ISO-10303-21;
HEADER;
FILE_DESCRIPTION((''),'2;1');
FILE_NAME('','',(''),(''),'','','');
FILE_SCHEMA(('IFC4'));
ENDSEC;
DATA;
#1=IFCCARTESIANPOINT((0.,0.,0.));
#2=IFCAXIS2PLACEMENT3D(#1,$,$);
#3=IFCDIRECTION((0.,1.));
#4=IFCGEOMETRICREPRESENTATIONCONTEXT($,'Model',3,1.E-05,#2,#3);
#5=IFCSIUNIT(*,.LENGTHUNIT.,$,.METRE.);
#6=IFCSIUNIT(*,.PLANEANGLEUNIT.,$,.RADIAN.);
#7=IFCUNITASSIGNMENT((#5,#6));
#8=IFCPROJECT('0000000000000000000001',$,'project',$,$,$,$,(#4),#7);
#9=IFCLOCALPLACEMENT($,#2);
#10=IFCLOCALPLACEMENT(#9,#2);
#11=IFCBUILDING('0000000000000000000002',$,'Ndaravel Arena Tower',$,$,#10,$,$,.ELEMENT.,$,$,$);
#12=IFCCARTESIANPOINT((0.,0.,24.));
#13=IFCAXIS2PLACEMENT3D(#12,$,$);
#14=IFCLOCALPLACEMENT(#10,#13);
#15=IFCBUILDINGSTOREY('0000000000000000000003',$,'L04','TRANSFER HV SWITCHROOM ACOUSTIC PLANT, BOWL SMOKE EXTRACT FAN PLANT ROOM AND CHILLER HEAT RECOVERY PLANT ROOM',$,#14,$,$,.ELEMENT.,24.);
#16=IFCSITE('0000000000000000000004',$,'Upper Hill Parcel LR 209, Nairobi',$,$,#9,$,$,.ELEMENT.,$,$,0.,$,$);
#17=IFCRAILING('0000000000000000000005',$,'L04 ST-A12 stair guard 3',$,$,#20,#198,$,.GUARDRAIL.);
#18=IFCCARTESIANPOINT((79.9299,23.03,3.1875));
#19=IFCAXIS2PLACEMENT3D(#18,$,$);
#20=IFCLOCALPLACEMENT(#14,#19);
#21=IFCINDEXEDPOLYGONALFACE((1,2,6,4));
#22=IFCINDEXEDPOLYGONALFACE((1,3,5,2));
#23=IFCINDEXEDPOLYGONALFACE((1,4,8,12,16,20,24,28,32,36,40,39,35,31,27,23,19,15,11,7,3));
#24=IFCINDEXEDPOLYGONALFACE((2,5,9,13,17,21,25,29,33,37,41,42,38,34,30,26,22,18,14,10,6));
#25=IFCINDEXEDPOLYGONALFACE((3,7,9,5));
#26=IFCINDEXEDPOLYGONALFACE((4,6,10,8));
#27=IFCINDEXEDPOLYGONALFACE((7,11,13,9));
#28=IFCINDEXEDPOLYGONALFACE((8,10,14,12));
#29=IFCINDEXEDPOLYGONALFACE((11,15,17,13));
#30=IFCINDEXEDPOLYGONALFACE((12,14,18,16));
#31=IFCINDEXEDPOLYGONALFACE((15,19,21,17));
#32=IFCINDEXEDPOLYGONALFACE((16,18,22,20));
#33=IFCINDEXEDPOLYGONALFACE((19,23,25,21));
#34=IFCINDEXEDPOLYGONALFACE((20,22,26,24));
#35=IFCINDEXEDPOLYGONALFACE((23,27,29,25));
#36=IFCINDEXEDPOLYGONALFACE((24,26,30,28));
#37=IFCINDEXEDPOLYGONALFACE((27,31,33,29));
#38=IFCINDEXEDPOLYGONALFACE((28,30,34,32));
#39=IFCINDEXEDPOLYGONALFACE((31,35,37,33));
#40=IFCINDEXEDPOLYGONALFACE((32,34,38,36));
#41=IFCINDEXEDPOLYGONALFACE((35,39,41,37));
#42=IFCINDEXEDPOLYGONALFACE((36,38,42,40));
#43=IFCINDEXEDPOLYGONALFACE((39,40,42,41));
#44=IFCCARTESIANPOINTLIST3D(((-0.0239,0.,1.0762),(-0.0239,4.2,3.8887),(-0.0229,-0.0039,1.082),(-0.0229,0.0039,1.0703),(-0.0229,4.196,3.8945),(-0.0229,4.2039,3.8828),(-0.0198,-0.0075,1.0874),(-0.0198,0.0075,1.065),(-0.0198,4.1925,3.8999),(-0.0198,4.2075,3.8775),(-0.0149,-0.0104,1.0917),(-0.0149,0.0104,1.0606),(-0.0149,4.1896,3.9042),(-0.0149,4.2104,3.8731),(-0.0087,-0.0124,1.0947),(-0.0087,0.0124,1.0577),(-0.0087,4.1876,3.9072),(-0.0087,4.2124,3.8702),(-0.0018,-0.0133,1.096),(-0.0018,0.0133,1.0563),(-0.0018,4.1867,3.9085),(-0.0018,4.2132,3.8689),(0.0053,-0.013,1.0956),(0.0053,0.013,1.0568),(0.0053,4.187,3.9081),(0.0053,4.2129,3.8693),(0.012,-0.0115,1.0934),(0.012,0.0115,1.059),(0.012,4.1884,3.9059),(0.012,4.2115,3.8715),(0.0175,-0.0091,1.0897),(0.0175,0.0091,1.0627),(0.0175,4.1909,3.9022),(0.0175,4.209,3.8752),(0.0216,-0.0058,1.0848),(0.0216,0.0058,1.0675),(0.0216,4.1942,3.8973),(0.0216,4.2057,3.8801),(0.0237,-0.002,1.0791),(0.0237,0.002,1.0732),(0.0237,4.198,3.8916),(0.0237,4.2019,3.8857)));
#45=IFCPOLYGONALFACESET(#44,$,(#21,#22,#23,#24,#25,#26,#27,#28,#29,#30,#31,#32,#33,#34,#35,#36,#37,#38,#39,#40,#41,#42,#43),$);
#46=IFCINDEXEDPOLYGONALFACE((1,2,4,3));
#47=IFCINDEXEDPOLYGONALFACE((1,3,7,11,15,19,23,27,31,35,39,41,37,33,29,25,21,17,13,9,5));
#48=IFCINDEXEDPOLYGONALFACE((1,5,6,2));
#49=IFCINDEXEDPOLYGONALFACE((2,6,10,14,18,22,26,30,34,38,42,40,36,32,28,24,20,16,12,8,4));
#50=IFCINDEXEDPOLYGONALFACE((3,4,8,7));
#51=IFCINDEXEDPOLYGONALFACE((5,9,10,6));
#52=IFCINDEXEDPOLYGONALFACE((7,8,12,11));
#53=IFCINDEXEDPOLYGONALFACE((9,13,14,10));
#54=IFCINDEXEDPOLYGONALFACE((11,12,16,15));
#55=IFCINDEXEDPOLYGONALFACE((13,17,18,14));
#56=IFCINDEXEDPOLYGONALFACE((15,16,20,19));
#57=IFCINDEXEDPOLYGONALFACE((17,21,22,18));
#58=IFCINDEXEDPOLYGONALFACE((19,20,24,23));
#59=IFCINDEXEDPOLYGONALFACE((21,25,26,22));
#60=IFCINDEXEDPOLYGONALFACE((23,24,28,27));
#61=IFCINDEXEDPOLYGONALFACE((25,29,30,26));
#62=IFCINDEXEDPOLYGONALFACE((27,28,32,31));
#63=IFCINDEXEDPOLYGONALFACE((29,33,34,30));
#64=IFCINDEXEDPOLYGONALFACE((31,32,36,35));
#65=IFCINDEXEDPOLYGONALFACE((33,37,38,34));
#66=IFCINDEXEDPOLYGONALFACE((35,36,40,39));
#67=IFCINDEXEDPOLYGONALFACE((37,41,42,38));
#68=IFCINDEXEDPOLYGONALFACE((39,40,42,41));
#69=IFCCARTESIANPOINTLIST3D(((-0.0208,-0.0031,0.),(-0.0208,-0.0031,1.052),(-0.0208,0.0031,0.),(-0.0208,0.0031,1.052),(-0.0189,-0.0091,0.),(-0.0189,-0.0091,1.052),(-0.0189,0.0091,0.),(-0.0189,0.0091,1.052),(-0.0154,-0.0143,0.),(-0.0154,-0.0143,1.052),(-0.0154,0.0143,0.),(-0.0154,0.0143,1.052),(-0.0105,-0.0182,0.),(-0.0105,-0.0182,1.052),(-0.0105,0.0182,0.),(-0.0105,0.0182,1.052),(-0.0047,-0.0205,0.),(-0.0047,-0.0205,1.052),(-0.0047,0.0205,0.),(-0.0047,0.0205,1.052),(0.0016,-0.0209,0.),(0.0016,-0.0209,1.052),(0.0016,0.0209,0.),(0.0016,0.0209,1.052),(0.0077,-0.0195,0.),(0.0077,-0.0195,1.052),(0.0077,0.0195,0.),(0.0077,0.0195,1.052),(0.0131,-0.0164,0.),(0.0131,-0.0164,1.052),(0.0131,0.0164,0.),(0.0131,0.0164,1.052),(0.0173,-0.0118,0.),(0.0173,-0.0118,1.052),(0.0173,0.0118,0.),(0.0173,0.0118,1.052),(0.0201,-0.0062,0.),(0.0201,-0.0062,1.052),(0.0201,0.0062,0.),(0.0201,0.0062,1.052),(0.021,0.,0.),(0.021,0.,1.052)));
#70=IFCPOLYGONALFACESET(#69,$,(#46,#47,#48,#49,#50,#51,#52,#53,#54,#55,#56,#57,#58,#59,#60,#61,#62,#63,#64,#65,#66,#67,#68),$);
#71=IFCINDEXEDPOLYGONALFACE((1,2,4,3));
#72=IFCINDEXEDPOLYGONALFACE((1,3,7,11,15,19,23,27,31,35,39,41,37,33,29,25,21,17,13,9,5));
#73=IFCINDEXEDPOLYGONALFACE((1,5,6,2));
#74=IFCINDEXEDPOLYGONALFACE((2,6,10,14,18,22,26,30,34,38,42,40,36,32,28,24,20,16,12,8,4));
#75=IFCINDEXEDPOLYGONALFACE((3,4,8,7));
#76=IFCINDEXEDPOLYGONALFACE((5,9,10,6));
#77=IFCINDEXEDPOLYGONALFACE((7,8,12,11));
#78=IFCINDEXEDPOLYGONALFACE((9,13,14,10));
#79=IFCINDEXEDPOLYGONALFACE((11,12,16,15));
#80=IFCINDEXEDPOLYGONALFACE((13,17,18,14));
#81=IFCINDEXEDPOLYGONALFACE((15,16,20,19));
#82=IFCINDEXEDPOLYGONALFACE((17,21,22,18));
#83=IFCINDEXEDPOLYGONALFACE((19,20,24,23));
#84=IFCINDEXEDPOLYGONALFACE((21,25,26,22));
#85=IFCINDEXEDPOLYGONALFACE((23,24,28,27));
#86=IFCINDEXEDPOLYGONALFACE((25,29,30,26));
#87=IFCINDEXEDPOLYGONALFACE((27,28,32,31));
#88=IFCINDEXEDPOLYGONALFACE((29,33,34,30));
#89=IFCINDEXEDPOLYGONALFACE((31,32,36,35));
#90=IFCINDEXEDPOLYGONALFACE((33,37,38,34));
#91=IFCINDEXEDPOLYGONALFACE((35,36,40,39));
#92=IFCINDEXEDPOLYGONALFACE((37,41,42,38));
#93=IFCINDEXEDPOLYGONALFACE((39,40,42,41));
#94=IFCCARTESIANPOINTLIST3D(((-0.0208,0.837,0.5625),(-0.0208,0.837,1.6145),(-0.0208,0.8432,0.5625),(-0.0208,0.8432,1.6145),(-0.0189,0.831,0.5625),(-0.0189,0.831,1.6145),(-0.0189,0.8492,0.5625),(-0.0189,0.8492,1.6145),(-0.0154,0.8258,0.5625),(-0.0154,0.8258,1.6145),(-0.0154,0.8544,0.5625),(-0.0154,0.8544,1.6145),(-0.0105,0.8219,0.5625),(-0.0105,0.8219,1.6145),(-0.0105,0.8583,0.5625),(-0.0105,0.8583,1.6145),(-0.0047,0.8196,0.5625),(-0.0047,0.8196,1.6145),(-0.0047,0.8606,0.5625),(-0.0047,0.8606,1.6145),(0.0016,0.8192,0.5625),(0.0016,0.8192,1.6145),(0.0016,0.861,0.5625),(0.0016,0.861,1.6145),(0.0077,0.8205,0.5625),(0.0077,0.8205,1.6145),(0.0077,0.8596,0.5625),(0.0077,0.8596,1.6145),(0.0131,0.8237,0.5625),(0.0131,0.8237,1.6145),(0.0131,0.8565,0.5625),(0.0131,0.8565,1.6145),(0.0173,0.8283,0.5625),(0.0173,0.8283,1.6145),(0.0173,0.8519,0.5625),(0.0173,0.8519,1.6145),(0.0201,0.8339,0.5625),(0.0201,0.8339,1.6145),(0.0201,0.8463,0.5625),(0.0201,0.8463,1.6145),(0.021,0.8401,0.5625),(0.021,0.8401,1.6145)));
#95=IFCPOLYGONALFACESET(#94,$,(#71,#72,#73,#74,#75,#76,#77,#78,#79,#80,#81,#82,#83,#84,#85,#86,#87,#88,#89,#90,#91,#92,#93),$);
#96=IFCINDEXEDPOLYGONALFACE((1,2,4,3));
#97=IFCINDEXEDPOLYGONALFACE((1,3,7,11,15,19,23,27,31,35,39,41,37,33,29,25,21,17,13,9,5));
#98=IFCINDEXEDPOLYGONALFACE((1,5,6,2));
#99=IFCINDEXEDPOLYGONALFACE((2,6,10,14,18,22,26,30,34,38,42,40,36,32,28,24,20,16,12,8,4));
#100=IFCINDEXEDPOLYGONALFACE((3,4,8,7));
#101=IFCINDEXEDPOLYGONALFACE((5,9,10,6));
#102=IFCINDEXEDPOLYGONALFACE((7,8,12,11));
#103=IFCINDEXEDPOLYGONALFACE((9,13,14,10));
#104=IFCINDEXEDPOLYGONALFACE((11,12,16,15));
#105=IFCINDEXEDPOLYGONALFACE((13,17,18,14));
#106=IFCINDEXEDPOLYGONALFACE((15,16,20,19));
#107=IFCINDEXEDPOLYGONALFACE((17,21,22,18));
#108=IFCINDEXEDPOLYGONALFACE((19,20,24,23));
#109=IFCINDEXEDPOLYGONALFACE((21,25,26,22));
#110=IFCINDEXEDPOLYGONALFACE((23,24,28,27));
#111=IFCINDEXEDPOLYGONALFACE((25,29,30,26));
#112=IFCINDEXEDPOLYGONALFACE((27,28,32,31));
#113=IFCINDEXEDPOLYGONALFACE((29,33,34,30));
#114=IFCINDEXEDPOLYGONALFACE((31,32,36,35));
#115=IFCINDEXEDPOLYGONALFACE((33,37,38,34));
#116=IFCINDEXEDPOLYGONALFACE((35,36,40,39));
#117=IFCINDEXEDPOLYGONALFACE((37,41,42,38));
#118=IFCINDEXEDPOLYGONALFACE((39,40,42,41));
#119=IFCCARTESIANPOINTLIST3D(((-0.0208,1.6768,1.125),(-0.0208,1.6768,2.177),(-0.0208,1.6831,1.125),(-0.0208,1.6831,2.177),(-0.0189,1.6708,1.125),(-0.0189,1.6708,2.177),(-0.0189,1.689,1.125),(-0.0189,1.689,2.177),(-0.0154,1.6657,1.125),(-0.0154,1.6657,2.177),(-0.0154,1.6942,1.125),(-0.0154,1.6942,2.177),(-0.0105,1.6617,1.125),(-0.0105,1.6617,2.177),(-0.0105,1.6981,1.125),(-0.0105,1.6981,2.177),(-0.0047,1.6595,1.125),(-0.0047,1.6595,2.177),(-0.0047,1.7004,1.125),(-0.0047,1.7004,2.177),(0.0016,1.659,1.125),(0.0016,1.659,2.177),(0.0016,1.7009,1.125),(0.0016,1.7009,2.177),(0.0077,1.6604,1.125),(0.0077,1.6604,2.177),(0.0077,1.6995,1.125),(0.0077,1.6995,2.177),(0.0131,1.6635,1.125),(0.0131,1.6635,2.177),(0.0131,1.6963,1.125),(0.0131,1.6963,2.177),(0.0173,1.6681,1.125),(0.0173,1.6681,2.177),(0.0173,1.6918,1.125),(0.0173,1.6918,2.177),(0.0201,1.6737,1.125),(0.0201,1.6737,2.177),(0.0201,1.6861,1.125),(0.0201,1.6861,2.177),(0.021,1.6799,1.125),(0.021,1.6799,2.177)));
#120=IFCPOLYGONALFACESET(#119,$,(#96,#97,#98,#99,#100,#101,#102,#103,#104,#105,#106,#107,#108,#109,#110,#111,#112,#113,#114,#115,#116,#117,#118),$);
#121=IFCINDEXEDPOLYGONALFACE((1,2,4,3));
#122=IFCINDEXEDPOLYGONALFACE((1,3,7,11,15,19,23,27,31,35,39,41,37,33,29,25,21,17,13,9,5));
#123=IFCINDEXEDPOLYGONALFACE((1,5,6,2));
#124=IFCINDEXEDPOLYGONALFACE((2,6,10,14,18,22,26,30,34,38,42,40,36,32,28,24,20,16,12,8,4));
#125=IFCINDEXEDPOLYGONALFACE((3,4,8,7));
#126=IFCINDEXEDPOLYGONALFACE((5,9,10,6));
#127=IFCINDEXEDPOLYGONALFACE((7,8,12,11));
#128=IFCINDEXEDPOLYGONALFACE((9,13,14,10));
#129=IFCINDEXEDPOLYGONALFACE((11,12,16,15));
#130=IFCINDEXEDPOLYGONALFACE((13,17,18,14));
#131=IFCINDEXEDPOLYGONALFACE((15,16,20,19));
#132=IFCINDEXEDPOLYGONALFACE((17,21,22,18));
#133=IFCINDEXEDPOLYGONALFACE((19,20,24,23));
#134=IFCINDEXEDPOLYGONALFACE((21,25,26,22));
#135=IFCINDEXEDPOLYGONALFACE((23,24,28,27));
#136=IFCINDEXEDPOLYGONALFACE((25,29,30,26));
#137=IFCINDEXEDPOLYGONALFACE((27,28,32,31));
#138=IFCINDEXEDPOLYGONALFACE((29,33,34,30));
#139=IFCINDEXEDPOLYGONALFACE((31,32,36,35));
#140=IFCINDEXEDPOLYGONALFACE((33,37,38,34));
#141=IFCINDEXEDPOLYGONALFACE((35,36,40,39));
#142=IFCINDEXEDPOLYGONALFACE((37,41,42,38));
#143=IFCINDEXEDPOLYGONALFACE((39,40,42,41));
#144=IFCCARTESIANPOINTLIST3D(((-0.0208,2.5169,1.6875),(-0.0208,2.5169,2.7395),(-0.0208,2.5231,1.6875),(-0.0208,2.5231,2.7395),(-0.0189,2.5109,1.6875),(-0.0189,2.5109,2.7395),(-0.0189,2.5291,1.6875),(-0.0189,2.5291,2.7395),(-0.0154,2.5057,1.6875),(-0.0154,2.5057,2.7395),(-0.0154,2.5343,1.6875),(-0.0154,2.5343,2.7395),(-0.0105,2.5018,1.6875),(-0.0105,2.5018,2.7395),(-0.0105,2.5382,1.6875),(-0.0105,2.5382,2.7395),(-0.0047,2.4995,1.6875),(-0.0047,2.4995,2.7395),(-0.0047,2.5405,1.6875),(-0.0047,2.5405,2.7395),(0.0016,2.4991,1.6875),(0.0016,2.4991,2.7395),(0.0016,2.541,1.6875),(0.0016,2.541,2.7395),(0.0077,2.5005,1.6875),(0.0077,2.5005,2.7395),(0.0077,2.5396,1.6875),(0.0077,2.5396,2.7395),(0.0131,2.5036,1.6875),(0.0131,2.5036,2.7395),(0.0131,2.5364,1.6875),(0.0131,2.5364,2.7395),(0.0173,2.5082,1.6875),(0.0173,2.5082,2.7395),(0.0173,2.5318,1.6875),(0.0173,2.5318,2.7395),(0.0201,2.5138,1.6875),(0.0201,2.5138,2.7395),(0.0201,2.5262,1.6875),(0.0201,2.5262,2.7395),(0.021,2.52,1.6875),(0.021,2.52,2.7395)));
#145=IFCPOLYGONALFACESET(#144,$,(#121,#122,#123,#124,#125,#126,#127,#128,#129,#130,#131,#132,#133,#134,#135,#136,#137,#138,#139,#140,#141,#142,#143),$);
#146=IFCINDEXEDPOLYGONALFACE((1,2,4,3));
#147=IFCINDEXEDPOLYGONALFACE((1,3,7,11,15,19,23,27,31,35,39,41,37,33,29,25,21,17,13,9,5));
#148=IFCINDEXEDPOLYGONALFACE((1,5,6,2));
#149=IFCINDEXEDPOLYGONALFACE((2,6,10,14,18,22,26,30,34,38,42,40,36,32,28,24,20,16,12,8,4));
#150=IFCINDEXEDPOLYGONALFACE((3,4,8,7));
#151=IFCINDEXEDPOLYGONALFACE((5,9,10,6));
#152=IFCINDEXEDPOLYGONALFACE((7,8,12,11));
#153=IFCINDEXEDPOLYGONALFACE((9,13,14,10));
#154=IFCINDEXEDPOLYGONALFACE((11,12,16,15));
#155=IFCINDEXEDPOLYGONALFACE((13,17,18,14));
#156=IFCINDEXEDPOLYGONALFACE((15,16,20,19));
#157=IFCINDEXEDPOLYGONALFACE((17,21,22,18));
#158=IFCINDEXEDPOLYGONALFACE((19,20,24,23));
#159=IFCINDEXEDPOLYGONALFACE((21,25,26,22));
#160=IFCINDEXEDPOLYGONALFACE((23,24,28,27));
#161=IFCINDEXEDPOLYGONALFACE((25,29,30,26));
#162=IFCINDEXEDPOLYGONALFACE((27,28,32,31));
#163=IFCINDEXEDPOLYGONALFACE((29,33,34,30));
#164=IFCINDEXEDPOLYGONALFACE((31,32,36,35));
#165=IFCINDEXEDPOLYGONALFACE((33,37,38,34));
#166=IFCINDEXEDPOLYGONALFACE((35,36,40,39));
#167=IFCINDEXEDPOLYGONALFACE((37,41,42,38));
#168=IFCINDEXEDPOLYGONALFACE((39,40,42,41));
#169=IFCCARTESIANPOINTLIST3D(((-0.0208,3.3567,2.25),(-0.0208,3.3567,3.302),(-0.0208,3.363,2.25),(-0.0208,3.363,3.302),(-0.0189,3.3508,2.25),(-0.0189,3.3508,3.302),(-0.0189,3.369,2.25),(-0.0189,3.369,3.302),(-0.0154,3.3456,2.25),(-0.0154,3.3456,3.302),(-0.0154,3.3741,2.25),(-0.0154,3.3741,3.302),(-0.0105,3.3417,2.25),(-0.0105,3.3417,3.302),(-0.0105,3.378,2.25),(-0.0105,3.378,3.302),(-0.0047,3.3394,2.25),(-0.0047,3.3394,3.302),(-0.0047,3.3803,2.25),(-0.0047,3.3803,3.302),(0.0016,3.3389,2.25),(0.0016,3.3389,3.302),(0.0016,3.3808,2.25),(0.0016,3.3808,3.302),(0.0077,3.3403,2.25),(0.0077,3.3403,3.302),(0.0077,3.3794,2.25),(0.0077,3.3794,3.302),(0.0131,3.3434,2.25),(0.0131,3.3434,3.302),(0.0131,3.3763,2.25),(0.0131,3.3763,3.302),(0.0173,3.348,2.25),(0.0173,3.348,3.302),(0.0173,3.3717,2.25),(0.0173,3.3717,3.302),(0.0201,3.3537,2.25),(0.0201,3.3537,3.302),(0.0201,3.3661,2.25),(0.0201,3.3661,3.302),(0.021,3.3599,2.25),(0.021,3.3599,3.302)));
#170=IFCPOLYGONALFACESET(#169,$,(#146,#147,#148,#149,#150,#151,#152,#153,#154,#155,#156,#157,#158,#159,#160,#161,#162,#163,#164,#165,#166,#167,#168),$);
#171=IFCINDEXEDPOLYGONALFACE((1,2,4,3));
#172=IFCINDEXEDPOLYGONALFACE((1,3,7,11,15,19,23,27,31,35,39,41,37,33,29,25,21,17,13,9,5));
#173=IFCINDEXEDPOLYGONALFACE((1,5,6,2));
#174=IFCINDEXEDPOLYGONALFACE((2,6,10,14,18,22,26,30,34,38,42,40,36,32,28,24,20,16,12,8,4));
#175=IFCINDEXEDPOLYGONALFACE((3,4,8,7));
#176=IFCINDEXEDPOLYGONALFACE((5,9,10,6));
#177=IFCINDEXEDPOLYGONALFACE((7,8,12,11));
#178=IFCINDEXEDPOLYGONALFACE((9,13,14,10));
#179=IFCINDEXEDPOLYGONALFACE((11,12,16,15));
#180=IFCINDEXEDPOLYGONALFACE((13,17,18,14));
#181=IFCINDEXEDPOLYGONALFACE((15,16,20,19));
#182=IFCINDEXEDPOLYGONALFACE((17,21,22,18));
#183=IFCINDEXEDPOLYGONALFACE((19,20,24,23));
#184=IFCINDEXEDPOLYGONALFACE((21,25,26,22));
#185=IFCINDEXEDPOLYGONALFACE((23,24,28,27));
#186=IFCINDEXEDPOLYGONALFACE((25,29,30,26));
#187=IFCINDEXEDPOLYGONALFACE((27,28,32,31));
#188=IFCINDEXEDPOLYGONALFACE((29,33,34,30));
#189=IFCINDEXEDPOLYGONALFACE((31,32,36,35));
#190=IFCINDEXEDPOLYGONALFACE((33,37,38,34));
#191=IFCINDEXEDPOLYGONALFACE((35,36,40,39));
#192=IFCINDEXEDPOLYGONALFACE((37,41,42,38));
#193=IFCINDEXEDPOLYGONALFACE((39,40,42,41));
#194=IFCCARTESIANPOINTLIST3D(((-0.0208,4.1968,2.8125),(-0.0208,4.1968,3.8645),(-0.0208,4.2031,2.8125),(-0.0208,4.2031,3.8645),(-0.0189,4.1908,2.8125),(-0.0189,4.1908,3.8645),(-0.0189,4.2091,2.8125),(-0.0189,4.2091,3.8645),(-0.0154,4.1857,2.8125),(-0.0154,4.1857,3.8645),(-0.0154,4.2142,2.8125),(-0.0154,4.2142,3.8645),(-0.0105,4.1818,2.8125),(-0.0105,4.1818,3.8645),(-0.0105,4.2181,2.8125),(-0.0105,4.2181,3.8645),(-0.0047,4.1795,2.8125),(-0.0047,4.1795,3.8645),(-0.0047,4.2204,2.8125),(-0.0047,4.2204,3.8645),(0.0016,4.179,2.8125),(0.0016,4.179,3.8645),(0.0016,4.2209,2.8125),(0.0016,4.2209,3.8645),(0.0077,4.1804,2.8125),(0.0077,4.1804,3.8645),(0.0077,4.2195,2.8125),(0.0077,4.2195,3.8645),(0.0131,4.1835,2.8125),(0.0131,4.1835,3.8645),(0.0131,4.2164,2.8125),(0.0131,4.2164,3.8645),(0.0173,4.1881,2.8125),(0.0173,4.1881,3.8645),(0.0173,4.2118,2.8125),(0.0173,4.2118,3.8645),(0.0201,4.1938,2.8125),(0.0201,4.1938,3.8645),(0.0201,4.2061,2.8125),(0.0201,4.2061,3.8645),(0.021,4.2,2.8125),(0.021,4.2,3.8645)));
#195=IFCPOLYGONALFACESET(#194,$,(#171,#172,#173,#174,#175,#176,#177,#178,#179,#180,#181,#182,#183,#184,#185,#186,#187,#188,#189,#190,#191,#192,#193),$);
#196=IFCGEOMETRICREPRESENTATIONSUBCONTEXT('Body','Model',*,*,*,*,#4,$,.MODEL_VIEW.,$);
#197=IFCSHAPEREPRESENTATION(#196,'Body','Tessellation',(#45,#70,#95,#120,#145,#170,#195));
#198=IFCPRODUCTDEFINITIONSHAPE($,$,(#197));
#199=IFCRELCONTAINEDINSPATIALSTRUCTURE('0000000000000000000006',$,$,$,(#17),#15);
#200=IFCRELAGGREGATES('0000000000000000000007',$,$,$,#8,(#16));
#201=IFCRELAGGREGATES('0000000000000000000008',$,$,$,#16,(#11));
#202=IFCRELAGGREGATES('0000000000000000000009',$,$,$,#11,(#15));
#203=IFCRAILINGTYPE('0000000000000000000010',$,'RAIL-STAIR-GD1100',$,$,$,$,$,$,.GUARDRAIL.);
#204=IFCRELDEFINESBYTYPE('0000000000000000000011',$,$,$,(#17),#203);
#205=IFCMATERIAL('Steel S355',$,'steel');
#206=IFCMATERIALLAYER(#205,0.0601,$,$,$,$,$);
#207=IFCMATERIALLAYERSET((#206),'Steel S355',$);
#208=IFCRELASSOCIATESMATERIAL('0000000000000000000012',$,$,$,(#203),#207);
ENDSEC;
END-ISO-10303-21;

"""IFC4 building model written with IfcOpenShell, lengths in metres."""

from ifc_helpers import new_model, si_unit, direction, frame, origin, origin_2d, place, context, subcontext, project, spatial, circle, extrude, material, layer, layer_set, type_object, element, save


model = new_model("IFC4")

# Units and contexts
model_context = context("Model", 3, precision=1e-05, world=origin(), true_north=direction((0.0, 1.0)))
body_context = subcontext(model_context, "Body", "Model", "MODEL_VIEW")
ifc_project = project(units=[si_unit("LENGTHUNIT", "METRE"), si_unit("PLANEANGLEUNIT", "RADIAN")], contexts=[model_context])

# Site, building, storey
site_placement = place(None, origin())
site = spatial("IfcSite", under=ifc_project, at=site_placement, Name="Upper Hill Parcel LR 209, Nairobi", CompositionType="ELEMENT", RefElevation=0.0)
building_placement = place(site_placement, origin())
building = spatial("IfcBuilding", under=site, at=building_placement, Name="Ndaravel Arena Tower", CompositionType="ELEMENT")
storey_placement = place(building_placement, frame((0.0, 0.0, 24.0)))
storey = spatial("IfcBuildingStorey", under=building, at=storey_placement, Name="L04", Description="TRANSFER HV SWITCHROOM ACOUSTIC PLANT, BOWL SMOKE EXTRACT FAN PLANT ROOM AND CHILLER HEAT RECOVERY PLANT ROOM", CompositionType="ELEMENT", Elevation=24.0)

# Railing
ifc_material_1 = material(Name="Steel S355", Category="steel")
ifc_layer_1 = layer(ifc_material_1, 0.0601)
ifc_layer_set_1 = layer_set([ifc_layer_1], Name="Steel S355")
railing_type_1 = type_object("IfcRailingType", Name="RAIL-STAIR-GD1100", PredefinedType="GUARDRAIL", material=ifc_layer_set_1)
railing_1_placement = place(storey_placement, frame((79.9299, 23.03, 3.1875)))
element("IfcRailing", 1, at=railing_1_placement, inside=storey, type_object=railing_type_1, Name="L04 ST-A12 stair guard 3", PredefinedType="GUARDRAIL", context=body_context, shape_type="SweptSolid", body=[
    extrude(circle(Radius=0.0239, at=origin_2d()), frame((0.0, 0.0, 1.0762), z_axis=(0.0, 0.830904, 0.556416), x_axis=(-1.0, 0.0, 0.0)), (0.0, 0.0, 1.0), 5.0547),
    extrude(circle(Radius=0.021, at=origin_2d()), origin(), (0.0, 0.0, 1.0), 1.052),
    extrude(circle(Radius=0.021, at=origin_2d()), frame((0.0, 0.8401, 0.5625)), (0.0, 0.0, 1.0), 1.052),
    extrude(circle(Radius=0.021, at=origin_2d()), frame((0.0, 1.6799, 1.125)), (0.0, 0.0, 1.0), 1.052),
    extrude(circle(Radius=0.021, at=origin_2d()), frame((0.0, 2.52, 1.6875)), (0.0, 0.0, 1.0), 1.052),
    extrude(circle(Radius=0.021, at=origin_2d()), frame((0.0, 3.3599, 2.25)), (0.0, 0.0, 1.0), 1.052),
    extrude(circle(Radius=0.021, at=origin_2d()), frame((0.0, 4.2, 2.8125)), (0.0, 0.0, 1.0), 1.052),
])

save(model, "model.ifc")
